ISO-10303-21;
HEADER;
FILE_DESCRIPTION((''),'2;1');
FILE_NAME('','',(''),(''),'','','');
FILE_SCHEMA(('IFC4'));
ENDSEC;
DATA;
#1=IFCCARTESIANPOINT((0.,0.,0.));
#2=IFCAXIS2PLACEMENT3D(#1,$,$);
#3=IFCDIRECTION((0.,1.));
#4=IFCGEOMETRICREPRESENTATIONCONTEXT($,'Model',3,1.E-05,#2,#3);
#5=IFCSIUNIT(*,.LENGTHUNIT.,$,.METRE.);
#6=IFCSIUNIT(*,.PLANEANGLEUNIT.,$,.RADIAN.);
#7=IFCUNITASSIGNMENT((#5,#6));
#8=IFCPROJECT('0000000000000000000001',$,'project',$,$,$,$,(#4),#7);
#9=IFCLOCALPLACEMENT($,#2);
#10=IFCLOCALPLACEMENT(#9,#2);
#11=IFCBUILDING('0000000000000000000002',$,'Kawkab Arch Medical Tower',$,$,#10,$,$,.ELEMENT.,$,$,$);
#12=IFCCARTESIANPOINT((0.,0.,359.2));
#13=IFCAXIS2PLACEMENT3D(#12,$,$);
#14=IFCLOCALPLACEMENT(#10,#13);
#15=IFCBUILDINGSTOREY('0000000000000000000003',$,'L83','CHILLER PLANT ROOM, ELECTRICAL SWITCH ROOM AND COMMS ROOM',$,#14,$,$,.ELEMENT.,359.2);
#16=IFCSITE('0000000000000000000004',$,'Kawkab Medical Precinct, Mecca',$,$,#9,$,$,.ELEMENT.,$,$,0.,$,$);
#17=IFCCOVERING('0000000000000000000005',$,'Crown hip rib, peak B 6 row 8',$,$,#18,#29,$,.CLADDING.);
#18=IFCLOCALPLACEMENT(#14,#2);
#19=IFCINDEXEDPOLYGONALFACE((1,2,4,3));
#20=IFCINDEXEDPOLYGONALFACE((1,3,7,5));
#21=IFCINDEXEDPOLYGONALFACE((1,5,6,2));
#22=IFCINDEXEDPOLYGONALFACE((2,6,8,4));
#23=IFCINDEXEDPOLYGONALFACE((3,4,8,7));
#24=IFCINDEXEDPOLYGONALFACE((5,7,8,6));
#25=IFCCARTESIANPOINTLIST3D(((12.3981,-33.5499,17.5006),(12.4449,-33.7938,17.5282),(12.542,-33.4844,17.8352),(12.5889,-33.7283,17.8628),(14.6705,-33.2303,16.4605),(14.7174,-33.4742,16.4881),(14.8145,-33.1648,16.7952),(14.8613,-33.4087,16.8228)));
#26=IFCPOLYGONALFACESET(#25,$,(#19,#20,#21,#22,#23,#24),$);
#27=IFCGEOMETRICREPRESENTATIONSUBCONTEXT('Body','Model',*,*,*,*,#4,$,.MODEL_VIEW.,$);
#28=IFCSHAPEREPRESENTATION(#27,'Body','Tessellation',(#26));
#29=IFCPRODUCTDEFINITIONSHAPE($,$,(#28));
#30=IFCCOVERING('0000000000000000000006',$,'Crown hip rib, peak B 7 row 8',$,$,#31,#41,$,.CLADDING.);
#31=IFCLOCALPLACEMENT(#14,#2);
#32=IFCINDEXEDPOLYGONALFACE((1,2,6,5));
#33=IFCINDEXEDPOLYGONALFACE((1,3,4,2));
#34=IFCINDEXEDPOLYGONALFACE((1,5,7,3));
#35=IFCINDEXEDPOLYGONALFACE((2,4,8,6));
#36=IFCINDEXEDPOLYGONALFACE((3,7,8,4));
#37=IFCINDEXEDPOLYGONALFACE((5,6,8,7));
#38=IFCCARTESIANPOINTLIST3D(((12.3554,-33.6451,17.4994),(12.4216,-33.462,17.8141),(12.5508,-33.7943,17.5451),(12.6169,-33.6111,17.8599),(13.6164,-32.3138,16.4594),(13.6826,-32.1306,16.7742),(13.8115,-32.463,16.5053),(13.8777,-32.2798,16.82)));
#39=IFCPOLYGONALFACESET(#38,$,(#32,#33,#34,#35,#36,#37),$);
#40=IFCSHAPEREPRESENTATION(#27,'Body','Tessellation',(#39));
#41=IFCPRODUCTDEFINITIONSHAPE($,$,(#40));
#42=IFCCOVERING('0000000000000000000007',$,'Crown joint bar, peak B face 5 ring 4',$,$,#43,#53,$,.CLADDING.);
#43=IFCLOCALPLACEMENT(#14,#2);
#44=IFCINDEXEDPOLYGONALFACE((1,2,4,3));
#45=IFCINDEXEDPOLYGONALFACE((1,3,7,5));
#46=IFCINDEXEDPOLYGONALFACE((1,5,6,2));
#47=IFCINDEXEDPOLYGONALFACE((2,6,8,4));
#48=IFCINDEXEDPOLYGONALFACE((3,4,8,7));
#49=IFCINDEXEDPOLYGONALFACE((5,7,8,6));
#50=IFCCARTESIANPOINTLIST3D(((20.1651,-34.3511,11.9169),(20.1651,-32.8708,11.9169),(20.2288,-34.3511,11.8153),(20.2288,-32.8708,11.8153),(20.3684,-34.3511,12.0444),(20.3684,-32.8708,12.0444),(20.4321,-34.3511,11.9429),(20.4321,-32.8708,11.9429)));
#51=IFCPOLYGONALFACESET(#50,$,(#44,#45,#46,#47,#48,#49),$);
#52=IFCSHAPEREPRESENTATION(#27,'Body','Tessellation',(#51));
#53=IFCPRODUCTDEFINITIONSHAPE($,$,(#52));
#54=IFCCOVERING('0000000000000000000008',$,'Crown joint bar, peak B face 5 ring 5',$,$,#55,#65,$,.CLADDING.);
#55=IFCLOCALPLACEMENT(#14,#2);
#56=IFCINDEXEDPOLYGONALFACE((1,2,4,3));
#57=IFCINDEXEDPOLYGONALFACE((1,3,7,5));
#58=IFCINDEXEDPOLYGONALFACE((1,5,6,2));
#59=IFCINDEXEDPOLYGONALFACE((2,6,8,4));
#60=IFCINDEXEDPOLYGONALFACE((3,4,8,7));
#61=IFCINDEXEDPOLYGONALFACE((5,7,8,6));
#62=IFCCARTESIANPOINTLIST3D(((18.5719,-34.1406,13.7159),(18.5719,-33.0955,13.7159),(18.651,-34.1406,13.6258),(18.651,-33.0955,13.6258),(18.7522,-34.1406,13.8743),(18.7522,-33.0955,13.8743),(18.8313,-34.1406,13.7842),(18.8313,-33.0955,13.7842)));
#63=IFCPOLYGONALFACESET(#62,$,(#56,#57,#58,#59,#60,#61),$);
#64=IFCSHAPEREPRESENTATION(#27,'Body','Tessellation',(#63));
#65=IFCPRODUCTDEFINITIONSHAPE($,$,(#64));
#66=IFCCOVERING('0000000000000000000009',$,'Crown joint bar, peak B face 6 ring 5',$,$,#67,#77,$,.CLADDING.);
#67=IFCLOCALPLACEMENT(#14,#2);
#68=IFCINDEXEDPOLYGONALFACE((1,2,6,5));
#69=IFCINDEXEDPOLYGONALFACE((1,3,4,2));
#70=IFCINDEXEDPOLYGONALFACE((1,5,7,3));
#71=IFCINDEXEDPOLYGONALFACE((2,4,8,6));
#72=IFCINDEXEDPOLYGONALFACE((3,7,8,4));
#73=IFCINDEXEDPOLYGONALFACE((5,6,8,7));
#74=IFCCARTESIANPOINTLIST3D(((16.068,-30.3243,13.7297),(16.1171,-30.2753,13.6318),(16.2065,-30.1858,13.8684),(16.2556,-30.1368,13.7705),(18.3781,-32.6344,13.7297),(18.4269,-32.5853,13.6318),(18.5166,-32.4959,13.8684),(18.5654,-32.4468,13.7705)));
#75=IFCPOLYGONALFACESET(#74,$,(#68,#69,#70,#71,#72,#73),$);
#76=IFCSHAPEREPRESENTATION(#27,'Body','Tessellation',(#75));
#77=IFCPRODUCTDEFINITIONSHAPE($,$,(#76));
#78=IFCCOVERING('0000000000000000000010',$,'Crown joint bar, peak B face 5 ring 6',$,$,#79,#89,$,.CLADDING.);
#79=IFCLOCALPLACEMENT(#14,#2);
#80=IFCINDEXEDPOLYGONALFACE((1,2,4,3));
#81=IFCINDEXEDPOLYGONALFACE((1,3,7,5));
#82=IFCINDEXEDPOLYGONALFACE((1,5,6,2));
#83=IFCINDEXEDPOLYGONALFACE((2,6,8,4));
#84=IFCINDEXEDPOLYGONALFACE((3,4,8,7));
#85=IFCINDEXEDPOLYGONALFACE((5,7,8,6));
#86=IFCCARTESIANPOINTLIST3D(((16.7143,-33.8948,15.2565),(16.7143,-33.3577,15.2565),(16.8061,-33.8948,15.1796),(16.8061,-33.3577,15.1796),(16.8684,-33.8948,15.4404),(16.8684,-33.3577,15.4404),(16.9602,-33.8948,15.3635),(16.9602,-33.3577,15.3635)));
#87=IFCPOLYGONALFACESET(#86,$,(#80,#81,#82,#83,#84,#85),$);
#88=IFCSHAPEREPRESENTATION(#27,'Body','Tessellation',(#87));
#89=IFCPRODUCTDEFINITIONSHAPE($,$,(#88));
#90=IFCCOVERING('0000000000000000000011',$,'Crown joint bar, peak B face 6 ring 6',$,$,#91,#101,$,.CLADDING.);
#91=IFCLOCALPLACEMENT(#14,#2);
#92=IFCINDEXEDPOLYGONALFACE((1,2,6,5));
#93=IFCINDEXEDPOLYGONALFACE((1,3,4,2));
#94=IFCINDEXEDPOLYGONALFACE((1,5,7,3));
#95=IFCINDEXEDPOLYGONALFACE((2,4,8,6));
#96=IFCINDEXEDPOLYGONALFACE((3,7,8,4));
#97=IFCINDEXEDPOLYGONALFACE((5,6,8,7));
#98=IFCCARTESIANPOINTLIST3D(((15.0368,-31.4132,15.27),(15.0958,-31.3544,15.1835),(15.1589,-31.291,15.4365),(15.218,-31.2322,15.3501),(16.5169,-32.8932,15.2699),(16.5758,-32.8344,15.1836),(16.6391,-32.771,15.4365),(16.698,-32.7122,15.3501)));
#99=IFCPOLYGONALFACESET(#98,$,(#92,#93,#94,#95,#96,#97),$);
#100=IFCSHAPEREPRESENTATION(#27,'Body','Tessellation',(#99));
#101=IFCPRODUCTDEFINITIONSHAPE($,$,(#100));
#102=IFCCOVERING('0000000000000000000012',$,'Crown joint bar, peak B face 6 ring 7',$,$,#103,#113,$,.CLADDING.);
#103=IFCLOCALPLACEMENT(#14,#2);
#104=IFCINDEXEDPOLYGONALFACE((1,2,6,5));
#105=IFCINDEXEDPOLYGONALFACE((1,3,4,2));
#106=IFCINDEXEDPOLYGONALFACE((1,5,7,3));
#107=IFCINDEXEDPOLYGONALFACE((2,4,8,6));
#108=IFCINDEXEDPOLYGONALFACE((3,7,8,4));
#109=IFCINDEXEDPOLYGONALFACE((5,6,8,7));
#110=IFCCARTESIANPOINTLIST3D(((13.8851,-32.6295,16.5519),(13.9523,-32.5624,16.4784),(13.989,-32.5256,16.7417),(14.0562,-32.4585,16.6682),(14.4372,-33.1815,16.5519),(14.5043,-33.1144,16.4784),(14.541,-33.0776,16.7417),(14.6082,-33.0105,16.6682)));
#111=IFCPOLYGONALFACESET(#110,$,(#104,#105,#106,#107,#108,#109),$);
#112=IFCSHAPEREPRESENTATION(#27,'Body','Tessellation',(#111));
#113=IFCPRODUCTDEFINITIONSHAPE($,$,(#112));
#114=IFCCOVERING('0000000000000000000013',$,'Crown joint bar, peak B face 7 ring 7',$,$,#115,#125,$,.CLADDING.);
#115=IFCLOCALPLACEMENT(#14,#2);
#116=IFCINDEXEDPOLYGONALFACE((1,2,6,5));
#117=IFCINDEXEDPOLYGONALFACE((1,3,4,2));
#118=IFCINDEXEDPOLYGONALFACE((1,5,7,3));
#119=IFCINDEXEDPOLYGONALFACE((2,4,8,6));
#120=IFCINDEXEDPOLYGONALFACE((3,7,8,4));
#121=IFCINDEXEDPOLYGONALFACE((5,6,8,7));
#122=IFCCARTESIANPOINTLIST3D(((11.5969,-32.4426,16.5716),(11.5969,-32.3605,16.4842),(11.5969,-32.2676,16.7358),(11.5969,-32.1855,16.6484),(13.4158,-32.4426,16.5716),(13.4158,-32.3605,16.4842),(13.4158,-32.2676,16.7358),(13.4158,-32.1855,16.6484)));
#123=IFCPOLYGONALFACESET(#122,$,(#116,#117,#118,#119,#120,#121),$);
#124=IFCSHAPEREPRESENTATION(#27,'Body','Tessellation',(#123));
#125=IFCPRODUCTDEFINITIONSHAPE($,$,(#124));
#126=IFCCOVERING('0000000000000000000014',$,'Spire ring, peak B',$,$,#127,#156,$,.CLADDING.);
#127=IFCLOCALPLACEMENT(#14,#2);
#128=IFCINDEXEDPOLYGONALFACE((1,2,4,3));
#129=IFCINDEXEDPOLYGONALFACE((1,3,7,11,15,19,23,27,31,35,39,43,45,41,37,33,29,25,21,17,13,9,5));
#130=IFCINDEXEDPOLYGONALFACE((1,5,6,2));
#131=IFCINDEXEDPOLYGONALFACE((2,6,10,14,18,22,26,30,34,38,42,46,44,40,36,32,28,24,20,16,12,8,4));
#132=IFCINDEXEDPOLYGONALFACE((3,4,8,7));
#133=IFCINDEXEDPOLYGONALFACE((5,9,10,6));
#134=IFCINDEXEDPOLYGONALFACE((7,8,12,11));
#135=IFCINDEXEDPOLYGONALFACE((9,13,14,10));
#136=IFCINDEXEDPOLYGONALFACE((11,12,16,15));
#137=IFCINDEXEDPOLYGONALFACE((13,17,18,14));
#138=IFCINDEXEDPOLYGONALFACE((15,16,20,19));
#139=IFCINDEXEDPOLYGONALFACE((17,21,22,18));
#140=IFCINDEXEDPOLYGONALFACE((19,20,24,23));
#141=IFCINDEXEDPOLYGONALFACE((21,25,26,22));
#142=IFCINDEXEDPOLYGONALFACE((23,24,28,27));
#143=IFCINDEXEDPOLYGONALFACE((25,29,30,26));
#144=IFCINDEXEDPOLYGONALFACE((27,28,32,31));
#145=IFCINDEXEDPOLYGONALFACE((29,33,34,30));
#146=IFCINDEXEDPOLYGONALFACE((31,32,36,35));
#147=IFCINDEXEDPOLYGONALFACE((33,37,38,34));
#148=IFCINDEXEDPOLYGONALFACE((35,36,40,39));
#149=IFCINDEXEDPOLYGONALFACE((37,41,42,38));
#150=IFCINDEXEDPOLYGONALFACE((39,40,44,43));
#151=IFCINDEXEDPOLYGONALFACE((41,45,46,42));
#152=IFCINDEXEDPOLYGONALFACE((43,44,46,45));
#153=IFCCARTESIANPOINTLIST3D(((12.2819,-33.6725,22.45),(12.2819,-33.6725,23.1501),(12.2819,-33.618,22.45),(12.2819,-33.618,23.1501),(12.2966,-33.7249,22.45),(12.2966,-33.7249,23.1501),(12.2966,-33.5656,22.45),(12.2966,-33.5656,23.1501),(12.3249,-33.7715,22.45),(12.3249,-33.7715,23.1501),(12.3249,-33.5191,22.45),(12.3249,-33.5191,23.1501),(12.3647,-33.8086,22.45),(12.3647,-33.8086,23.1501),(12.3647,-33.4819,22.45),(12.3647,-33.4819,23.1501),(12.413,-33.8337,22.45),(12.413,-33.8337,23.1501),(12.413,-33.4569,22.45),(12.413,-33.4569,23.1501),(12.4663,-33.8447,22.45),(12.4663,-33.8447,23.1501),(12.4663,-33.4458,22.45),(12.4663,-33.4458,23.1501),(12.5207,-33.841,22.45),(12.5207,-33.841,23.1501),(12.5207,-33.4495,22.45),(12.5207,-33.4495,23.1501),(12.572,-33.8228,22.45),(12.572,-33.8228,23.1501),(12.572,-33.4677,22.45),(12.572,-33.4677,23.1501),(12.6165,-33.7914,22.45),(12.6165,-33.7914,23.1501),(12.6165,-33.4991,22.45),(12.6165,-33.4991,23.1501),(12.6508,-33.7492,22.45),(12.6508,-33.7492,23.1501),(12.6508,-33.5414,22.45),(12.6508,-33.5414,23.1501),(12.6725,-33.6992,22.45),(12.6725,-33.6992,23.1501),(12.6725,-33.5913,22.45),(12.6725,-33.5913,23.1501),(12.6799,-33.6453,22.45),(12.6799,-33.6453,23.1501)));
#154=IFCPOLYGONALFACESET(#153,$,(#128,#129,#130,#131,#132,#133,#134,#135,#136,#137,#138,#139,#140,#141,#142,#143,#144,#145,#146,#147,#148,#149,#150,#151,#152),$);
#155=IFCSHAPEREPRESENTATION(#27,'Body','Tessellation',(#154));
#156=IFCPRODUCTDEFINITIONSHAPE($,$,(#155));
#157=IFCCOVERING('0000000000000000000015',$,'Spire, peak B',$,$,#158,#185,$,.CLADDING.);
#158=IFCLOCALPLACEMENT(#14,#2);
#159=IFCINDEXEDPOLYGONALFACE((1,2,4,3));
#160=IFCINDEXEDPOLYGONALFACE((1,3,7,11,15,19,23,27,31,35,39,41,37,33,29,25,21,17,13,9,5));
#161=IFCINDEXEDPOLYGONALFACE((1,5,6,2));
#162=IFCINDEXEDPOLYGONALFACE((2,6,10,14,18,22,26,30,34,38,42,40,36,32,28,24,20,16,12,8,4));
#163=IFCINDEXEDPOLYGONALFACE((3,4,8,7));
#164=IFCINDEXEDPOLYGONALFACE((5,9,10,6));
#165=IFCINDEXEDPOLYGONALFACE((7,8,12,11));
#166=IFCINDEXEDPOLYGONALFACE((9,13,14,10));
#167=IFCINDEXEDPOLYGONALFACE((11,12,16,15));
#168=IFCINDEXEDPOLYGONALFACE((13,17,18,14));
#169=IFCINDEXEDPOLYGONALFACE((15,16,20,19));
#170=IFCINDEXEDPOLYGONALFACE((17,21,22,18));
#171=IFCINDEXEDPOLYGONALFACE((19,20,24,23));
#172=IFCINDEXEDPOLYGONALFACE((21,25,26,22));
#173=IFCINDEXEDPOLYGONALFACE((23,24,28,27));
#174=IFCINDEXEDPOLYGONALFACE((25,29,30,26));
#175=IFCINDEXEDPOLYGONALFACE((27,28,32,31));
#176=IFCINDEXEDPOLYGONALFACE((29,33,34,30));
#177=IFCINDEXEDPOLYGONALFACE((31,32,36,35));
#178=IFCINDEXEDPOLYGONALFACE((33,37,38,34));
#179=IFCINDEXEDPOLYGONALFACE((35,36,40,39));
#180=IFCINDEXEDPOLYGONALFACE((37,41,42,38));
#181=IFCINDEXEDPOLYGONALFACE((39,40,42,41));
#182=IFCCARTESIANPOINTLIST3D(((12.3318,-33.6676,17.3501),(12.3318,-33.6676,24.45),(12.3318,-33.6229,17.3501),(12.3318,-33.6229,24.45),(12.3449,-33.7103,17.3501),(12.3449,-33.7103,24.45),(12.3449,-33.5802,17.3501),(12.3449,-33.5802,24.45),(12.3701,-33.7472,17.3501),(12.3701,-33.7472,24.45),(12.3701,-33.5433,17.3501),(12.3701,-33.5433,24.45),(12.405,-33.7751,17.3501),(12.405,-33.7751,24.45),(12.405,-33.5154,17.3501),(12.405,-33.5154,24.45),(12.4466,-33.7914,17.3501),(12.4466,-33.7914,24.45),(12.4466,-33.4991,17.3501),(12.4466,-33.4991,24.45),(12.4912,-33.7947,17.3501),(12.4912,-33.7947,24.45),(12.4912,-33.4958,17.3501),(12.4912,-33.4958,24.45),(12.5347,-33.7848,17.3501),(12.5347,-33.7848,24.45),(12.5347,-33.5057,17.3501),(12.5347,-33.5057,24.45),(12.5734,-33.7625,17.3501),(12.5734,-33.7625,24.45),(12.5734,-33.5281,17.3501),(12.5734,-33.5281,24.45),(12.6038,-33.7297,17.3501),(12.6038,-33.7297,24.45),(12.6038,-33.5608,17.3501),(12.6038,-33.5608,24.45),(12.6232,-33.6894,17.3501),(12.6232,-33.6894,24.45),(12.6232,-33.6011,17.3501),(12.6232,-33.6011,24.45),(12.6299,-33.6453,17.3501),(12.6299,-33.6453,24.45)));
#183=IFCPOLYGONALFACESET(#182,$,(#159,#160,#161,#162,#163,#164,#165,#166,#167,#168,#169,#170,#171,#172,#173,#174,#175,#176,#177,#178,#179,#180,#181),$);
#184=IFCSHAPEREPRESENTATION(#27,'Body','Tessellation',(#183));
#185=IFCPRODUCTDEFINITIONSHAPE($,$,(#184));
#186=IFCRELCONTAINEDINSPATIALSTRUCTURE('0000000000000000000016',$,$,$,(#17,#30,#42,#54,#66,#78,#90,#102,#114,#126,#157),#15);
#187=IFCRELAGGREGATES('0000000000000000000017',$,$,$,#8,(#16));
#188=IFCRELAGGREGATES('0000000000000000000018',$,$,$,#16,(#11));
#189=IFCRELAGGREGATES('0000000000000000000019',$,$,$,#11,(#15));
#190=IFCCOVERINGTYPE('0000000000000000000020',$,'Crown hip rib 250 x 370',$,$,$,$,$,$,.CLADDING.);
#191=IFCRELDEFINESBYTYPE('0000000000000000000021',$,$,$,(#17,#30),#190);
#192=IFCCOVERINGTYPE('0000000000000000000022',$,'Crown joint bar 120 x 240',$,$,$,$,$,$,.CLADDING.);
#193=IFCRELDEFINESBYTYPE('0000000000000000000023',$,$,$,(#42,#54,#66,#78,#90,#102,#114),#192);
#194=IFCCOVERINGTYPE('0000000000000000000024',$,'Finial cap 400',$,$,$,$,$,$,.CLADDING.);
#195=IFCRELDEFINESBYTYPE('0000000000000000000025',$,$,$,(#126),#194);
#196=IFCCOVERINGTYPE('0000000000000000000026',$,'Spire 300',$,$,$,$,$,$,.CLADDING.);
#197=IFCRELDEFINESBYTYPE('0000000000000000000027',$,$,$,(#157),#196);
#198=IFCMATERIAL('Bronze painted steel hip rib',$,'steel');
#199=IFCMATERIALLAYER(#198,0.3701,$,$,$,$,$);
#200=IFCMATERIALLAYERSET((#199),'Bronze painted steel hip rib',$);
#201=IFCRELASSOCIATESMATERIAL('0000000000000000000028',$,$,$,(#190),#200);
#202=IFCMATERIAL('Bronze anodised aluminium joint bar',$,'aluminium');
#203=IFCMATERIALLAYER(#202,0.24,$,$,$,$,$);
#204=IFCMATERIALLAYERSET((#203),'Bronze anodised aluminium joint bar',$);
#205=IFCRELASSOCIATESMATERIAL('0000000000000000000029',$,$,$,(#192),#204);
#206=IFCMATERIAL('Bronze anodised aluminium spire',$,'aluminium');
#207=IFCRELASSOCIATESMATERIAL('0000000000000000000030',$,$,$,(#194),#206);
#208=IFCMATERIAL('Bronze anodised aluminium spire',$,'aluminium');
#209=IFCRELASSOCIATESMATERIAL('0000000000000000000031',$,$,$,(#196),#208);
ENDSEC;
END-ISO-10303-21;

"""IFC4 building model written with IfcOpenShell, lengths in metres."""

from ifc_helpers import new_model, si_unit, direction, frame, origin, origin_2d, place, context, subcontext, project, spatial, polyline, circle, outline, extrude, material, layer, layer_set, material_profile, profile_set, type_object, element, save


model = new_model("IFC4")

# Units and contexts
model_context = context("Model", 3, precision=1e-05, world=origin(), true_north=direction((0.0, 1.0)))
body_context = subcontext(model_context, "Body", "Model", "MODEL_VIEW")
ifc_project = project(units=[si_unit("LENGTHUNIT", "METRE"), si_unit("PLANEANGLEUNIT", "RADIAN")], contexts=[model_context])

# Site, building, storey
site_placement = place(None, origin())
site = spatial("IfcSite", under=ifc_project, at=site_placement, Name="Kawkab Medical Precinct, Mecca", CompositionType="ELEMENT", RefElevation=0.0)
building_placement = place(site_placement, origin())
building = spatial("IfcBuilding", under=site, at=building_placement, Name="Kawkab Arch Medical Tower", CompositionType="ELEMENT")
storey_placement = place(building_placement, frame((0.0, 0.0, 359.2)))
storey = spatial("IfcBuildingStorey", under=building, at=storey_placement, Name="L83", Description="CHILLER PLANT ROOM, ELECTRICAL SWITCH ROOM AND COMMS ROOM", CompositionType="ELEMENT", Elevation=359.2)

# Coverings
ifc_material_1 = material(Name="Bronze painted steel hip rib", Category="steel")
ifc_layer_1 = layer(ifc_material_1, 0.3701)
ifc_layer_set_1 = layer_set([ifc_layer_1], Name="Bronze painted steel hip rib")
covering_type_1 = type_object("IfcCoveringType", Name="Crown hip rib 250 x 370", PredefinedType="CLADDING", material=ifc_layer_set_1)
covering_1_placement = place(storey_placement, frame((14.8145, -33.1648, 16.7952), z_axis=(0.388895, 0.17701, 0.904117), x_axis=(-0.901948, -0.126843, 0.412795)))
element("IfcCovering", 1, at=covering_1_placement, inside=storey, type_object=covering_type_1, Name="Crown hip rib, peak B 6 row 8", PredefinedType="CLADDING", context=body_context, shape_type="SweptSolid", body=[
    extrude(outline(polyline([(0.0, 0.0), (2.5195, 0.0), (2.5195, 0.2499), (0.0, 0.2499), (0.0, 0.0)])), origin(), (0.0, 0.0, -1.0), 0.3701),
])
covering_2_placement = place(storey_placement, frame((13.6826, -32.1306, 16.7742), z_axis=(0.178793, 0.494904, 0.850355), x_axis=(-0.598167, -0.631532, 0.493319)))
element("IfcCovering", 2, at=covering_2_placement, inside=storey, type_object=covering_type_1, Name="Crown hip rib, peak B 7 row 8", PredefinedType="CLADDING", context=body_context, shape_type="SweptSolid", body=[
    extrude(outline(polyline([(0.0, 0.0), (2.1081, 0.0), (2.108, 0.25), (0.0002, 0.2498), (0.0, 0.0)])), origin(), (0.0, 0.0, -1.0), 0.3701),
])
ifc_material_2 = material(Name="Bronze anodised aluminium joint bar", Category="aluminium")
ifc_layer_2 = layer(ifc_material_2, 0.24)
ifc_layer_set_2 = layer_set([ifc_layer_2], Name="Bronze anodised aluminium joint bar")
covering_type_2 = type_object("IfcCoveringType", Name="Crown joint bar 120 x 240", PredefinedType="CLADDING", material=ifc_layer_set_2)
covering_3_placement = place(storey_placement, frame((20.4321, -34.3511, 11.9429), z_axis=(0.847082, 0.0, 0.531462), x_axis=(0.0, 1.0, 0.0)))
element("IfcCovering", 3, at=covering_3_placement, inside=storey, type_object=covering_type_2, Name="Crown joint bar, peak B face 5 ring 4", PredefinedType="CLADDING", context=body_context, shape_type="SweptSolid", body=[
    extrude(outline(polyline([(0.0, 0.0), (1.4802, 0.0), (1.4802, 0.1199), (0.0, 0.1199), (0.0, 0.0)])), origin(), (0.0, 0.0, -1.0), 0.24),
])
covering_4_placement = place(storey_placement, frame((18.8313, -34.1406, 13.7842), z_axis=(0.75144, 0.0, 0.659801), x_axis=(0.0, 1.0, 0.0)))
element("IfcCovering", 4, at=covering_4_placement, inside=storey, type_object=covering_type_2, Name="Crown joint bar, peak B face 5 ring 5", PredefinedType="CLADDING", context=body_context, shape_type="SweptSolid", body=[
    extrude(outline(polyline([(0.0, 0.0), (1.0452, 0.0), (1.0452, 0.1199), (0.0, 0.1199), (0.0, 0.0)])), origin(), (0.0, 0.0, -1.0), 0.24),
])
covering_5_placement = place(storey_placement, frame((18.5654, -32.4468, 13.7705), z_axis=(0.577126, 0.577095, 0.57783), x_axis=(-0.707082, 0.707132, -0.000012)))
element("IfcCovering", 5, at=covering_5_placement, inside=storey, type_object=covering_type_2, Name="Crown joint bar, peak B face 6 ring 5", PredefinedType="CLADDING", context=body_context, shape_type="SweptSolid", body=[
    extrude(outline(polyline([(0.0, 0.0), (3.2667, 0.0), (3.2667, 0.12), (-0.0002, 0.1199), (0.0, 0.0)])), origin(), (0.0, 0.0, -1.0), 0.24),
])
covering_6_placement = place(storey_placement, frame((16.9602, -33.8948, 15.3635), z_axis=(0.642187, 0.0, 0.766548), x_axis=(0.0, 1.0, 0.0)))
element("IfcCovering", 6, at=covering_6_placement, inside=storey, type_object=covering_type_2, Name="Crown joint bar, peak B face 5 ring 6", PredefinedType="CLADDING", context=body_context, shape_type="SweptSolid", body=[
    extrude(outline(polyline([(0.0, 0.0), (0.5371, 0.0), (0.5371, 0.1198), (0.0, 0.1198), (0.0, 0.0)])), origin(), (0.0, 0.0, -1.0), 0.24),
])
covering_7_placement = place(storey_placement, frame((16.698, -32.7122, 15.3501), z_axis=(0.509114, 0.509156, 0.693948), x_axis=(-0.707122, 0.707092, -0.000021)))
element("IfcCovering", 7, at=covering_7_placement, inside=storey, type_object=covering_type_2, Name="Crown joint bar, peak B face 6 ring 6", PredefinedType="CLADDING", context=body_context, shape_type="SweptSolid", body=[
    extrude(outline(polyline([(0.0, 0.0), (2.093, 0.0), (2.0932, 0.1201), (0.0, 0.12), (0.0, 0.0)])), origin(), (0.0, 0.0, -1.0), 0.24),
])
covering_8_placement = place(storey_placement, frame((14.6082, -33.0105, 16.6682), z_axis=(0.43279, 0.43279, 0.790813), x_axis=(-0.707107, 0.707107, 0.0)))
element("IfcCovering", 8, at=covering_8_placement, inside=storey, type_object=covering_type_2, Name="Crown joint bar, peak B face 6 ring 7", PredefinedType="CLADDING", context=body_context, shape_type="SweptSolid", body=[
    extrude(outline(polyline([(0.0, 0.0), (0.7806, 0.0), (0.7806, 0.1201), (0.0, 0.1201), (0.0, 0.0)])), origin(), (0.0, 0.0, -1.0), 0.24),
])
covering_9_placement = place(storey_placement, frame((13.4158, -32.1855, 16.6484), z_axis=(0.0, 0.729156, 0.684348), x_axis=(-1.0, 0.0, 0.0)))
element("IfcCovering", 9, at=covering_9_placement, inside=storey, type_object=covering_type_2, Name="Crown joint bar, peak B face 7 ring 7", PredefinedType="CLADDING", context=body_context, shape_type="SweptSolid", body=[
    extrude(outline(polyline([(0.0, 0.0), (1.8188, 0.0), (1.8188, 0.1199), (0.0, 0.1199), (0.0, 0.0)])), origin(), (0.0, 0.0, -1.0), 0.24),
])
ifc_material_3 = material(Name="Bronze anodised aluminium spire", Category="aluminium")
ifc_material_profile_1 = material_profile(ifc_material_3, circle(Radius=0.2, at=origin_2d()), Name="Finial cap 400")
ifc_profile_set_1 = profile_set([ifc_material_profile_1], Name="Bronze anodised aluminium spire")
covering_type_3 = type_object("IfcCoveringType", Name="Finial cap 400", PredefinedType="CLADDING", material=ifc_profile_set_1)
covering_10_placement = place(storey_placement, frame((12.48, -33.6453, 22.45), z_axis=(0.0, 0.0, 1.0), x_axis=(1.0, 0.0, 0.0)))
element("IfcCovering", 10, at=covering_10_placement, inside=storey, type_object=covering_type_3, Name="Spire ring, peak B", PredefinedType="CLADDING", context=body_context, shape_type="SweptSolid", body=[
    extrude(circle(Radius=0.2, at=origin_2d()), origin(), (0.0, 0.0, 1.0), 0.7002),
])
ifc_material_4 = material(Name="Bronze anodised aluminium spire", Category="aluminium")
ifc_material_profile_2 = material_profile(ifc_material_4, circle(Radius=0.1499, at=origin_2d()), Name="Spire 300")
ifc_profile_set_2 = profile_set([ifc_material_profile_2], Name="Bronze anodised aluminium spire")
covering_type_4 = type_object("IfcCoveringType", Name="Spire 300", PredefinedType="CLADDING", material=ifc_profile_set_2)
placement = place(storey_placement, frame((12.48, -33.6453, 17.3501), z_axis=(0.0, 0.0, 1.0), x_axis=(1.0, 0.0, 0.0)))
element("IfcCovering", 11, at=placement, inside=storey, type_object=covering_type_4, Name="Spire, peak B", PredefinedType="CLADDING", context=body_context, shape_type="SweptSolid", body=[
    extrude(circle(Radius=0.1499, at=origin_2d()), origin(), (0.0, 0.0, 1.0), 7.0999),
])

save(model, "model.ifc")
